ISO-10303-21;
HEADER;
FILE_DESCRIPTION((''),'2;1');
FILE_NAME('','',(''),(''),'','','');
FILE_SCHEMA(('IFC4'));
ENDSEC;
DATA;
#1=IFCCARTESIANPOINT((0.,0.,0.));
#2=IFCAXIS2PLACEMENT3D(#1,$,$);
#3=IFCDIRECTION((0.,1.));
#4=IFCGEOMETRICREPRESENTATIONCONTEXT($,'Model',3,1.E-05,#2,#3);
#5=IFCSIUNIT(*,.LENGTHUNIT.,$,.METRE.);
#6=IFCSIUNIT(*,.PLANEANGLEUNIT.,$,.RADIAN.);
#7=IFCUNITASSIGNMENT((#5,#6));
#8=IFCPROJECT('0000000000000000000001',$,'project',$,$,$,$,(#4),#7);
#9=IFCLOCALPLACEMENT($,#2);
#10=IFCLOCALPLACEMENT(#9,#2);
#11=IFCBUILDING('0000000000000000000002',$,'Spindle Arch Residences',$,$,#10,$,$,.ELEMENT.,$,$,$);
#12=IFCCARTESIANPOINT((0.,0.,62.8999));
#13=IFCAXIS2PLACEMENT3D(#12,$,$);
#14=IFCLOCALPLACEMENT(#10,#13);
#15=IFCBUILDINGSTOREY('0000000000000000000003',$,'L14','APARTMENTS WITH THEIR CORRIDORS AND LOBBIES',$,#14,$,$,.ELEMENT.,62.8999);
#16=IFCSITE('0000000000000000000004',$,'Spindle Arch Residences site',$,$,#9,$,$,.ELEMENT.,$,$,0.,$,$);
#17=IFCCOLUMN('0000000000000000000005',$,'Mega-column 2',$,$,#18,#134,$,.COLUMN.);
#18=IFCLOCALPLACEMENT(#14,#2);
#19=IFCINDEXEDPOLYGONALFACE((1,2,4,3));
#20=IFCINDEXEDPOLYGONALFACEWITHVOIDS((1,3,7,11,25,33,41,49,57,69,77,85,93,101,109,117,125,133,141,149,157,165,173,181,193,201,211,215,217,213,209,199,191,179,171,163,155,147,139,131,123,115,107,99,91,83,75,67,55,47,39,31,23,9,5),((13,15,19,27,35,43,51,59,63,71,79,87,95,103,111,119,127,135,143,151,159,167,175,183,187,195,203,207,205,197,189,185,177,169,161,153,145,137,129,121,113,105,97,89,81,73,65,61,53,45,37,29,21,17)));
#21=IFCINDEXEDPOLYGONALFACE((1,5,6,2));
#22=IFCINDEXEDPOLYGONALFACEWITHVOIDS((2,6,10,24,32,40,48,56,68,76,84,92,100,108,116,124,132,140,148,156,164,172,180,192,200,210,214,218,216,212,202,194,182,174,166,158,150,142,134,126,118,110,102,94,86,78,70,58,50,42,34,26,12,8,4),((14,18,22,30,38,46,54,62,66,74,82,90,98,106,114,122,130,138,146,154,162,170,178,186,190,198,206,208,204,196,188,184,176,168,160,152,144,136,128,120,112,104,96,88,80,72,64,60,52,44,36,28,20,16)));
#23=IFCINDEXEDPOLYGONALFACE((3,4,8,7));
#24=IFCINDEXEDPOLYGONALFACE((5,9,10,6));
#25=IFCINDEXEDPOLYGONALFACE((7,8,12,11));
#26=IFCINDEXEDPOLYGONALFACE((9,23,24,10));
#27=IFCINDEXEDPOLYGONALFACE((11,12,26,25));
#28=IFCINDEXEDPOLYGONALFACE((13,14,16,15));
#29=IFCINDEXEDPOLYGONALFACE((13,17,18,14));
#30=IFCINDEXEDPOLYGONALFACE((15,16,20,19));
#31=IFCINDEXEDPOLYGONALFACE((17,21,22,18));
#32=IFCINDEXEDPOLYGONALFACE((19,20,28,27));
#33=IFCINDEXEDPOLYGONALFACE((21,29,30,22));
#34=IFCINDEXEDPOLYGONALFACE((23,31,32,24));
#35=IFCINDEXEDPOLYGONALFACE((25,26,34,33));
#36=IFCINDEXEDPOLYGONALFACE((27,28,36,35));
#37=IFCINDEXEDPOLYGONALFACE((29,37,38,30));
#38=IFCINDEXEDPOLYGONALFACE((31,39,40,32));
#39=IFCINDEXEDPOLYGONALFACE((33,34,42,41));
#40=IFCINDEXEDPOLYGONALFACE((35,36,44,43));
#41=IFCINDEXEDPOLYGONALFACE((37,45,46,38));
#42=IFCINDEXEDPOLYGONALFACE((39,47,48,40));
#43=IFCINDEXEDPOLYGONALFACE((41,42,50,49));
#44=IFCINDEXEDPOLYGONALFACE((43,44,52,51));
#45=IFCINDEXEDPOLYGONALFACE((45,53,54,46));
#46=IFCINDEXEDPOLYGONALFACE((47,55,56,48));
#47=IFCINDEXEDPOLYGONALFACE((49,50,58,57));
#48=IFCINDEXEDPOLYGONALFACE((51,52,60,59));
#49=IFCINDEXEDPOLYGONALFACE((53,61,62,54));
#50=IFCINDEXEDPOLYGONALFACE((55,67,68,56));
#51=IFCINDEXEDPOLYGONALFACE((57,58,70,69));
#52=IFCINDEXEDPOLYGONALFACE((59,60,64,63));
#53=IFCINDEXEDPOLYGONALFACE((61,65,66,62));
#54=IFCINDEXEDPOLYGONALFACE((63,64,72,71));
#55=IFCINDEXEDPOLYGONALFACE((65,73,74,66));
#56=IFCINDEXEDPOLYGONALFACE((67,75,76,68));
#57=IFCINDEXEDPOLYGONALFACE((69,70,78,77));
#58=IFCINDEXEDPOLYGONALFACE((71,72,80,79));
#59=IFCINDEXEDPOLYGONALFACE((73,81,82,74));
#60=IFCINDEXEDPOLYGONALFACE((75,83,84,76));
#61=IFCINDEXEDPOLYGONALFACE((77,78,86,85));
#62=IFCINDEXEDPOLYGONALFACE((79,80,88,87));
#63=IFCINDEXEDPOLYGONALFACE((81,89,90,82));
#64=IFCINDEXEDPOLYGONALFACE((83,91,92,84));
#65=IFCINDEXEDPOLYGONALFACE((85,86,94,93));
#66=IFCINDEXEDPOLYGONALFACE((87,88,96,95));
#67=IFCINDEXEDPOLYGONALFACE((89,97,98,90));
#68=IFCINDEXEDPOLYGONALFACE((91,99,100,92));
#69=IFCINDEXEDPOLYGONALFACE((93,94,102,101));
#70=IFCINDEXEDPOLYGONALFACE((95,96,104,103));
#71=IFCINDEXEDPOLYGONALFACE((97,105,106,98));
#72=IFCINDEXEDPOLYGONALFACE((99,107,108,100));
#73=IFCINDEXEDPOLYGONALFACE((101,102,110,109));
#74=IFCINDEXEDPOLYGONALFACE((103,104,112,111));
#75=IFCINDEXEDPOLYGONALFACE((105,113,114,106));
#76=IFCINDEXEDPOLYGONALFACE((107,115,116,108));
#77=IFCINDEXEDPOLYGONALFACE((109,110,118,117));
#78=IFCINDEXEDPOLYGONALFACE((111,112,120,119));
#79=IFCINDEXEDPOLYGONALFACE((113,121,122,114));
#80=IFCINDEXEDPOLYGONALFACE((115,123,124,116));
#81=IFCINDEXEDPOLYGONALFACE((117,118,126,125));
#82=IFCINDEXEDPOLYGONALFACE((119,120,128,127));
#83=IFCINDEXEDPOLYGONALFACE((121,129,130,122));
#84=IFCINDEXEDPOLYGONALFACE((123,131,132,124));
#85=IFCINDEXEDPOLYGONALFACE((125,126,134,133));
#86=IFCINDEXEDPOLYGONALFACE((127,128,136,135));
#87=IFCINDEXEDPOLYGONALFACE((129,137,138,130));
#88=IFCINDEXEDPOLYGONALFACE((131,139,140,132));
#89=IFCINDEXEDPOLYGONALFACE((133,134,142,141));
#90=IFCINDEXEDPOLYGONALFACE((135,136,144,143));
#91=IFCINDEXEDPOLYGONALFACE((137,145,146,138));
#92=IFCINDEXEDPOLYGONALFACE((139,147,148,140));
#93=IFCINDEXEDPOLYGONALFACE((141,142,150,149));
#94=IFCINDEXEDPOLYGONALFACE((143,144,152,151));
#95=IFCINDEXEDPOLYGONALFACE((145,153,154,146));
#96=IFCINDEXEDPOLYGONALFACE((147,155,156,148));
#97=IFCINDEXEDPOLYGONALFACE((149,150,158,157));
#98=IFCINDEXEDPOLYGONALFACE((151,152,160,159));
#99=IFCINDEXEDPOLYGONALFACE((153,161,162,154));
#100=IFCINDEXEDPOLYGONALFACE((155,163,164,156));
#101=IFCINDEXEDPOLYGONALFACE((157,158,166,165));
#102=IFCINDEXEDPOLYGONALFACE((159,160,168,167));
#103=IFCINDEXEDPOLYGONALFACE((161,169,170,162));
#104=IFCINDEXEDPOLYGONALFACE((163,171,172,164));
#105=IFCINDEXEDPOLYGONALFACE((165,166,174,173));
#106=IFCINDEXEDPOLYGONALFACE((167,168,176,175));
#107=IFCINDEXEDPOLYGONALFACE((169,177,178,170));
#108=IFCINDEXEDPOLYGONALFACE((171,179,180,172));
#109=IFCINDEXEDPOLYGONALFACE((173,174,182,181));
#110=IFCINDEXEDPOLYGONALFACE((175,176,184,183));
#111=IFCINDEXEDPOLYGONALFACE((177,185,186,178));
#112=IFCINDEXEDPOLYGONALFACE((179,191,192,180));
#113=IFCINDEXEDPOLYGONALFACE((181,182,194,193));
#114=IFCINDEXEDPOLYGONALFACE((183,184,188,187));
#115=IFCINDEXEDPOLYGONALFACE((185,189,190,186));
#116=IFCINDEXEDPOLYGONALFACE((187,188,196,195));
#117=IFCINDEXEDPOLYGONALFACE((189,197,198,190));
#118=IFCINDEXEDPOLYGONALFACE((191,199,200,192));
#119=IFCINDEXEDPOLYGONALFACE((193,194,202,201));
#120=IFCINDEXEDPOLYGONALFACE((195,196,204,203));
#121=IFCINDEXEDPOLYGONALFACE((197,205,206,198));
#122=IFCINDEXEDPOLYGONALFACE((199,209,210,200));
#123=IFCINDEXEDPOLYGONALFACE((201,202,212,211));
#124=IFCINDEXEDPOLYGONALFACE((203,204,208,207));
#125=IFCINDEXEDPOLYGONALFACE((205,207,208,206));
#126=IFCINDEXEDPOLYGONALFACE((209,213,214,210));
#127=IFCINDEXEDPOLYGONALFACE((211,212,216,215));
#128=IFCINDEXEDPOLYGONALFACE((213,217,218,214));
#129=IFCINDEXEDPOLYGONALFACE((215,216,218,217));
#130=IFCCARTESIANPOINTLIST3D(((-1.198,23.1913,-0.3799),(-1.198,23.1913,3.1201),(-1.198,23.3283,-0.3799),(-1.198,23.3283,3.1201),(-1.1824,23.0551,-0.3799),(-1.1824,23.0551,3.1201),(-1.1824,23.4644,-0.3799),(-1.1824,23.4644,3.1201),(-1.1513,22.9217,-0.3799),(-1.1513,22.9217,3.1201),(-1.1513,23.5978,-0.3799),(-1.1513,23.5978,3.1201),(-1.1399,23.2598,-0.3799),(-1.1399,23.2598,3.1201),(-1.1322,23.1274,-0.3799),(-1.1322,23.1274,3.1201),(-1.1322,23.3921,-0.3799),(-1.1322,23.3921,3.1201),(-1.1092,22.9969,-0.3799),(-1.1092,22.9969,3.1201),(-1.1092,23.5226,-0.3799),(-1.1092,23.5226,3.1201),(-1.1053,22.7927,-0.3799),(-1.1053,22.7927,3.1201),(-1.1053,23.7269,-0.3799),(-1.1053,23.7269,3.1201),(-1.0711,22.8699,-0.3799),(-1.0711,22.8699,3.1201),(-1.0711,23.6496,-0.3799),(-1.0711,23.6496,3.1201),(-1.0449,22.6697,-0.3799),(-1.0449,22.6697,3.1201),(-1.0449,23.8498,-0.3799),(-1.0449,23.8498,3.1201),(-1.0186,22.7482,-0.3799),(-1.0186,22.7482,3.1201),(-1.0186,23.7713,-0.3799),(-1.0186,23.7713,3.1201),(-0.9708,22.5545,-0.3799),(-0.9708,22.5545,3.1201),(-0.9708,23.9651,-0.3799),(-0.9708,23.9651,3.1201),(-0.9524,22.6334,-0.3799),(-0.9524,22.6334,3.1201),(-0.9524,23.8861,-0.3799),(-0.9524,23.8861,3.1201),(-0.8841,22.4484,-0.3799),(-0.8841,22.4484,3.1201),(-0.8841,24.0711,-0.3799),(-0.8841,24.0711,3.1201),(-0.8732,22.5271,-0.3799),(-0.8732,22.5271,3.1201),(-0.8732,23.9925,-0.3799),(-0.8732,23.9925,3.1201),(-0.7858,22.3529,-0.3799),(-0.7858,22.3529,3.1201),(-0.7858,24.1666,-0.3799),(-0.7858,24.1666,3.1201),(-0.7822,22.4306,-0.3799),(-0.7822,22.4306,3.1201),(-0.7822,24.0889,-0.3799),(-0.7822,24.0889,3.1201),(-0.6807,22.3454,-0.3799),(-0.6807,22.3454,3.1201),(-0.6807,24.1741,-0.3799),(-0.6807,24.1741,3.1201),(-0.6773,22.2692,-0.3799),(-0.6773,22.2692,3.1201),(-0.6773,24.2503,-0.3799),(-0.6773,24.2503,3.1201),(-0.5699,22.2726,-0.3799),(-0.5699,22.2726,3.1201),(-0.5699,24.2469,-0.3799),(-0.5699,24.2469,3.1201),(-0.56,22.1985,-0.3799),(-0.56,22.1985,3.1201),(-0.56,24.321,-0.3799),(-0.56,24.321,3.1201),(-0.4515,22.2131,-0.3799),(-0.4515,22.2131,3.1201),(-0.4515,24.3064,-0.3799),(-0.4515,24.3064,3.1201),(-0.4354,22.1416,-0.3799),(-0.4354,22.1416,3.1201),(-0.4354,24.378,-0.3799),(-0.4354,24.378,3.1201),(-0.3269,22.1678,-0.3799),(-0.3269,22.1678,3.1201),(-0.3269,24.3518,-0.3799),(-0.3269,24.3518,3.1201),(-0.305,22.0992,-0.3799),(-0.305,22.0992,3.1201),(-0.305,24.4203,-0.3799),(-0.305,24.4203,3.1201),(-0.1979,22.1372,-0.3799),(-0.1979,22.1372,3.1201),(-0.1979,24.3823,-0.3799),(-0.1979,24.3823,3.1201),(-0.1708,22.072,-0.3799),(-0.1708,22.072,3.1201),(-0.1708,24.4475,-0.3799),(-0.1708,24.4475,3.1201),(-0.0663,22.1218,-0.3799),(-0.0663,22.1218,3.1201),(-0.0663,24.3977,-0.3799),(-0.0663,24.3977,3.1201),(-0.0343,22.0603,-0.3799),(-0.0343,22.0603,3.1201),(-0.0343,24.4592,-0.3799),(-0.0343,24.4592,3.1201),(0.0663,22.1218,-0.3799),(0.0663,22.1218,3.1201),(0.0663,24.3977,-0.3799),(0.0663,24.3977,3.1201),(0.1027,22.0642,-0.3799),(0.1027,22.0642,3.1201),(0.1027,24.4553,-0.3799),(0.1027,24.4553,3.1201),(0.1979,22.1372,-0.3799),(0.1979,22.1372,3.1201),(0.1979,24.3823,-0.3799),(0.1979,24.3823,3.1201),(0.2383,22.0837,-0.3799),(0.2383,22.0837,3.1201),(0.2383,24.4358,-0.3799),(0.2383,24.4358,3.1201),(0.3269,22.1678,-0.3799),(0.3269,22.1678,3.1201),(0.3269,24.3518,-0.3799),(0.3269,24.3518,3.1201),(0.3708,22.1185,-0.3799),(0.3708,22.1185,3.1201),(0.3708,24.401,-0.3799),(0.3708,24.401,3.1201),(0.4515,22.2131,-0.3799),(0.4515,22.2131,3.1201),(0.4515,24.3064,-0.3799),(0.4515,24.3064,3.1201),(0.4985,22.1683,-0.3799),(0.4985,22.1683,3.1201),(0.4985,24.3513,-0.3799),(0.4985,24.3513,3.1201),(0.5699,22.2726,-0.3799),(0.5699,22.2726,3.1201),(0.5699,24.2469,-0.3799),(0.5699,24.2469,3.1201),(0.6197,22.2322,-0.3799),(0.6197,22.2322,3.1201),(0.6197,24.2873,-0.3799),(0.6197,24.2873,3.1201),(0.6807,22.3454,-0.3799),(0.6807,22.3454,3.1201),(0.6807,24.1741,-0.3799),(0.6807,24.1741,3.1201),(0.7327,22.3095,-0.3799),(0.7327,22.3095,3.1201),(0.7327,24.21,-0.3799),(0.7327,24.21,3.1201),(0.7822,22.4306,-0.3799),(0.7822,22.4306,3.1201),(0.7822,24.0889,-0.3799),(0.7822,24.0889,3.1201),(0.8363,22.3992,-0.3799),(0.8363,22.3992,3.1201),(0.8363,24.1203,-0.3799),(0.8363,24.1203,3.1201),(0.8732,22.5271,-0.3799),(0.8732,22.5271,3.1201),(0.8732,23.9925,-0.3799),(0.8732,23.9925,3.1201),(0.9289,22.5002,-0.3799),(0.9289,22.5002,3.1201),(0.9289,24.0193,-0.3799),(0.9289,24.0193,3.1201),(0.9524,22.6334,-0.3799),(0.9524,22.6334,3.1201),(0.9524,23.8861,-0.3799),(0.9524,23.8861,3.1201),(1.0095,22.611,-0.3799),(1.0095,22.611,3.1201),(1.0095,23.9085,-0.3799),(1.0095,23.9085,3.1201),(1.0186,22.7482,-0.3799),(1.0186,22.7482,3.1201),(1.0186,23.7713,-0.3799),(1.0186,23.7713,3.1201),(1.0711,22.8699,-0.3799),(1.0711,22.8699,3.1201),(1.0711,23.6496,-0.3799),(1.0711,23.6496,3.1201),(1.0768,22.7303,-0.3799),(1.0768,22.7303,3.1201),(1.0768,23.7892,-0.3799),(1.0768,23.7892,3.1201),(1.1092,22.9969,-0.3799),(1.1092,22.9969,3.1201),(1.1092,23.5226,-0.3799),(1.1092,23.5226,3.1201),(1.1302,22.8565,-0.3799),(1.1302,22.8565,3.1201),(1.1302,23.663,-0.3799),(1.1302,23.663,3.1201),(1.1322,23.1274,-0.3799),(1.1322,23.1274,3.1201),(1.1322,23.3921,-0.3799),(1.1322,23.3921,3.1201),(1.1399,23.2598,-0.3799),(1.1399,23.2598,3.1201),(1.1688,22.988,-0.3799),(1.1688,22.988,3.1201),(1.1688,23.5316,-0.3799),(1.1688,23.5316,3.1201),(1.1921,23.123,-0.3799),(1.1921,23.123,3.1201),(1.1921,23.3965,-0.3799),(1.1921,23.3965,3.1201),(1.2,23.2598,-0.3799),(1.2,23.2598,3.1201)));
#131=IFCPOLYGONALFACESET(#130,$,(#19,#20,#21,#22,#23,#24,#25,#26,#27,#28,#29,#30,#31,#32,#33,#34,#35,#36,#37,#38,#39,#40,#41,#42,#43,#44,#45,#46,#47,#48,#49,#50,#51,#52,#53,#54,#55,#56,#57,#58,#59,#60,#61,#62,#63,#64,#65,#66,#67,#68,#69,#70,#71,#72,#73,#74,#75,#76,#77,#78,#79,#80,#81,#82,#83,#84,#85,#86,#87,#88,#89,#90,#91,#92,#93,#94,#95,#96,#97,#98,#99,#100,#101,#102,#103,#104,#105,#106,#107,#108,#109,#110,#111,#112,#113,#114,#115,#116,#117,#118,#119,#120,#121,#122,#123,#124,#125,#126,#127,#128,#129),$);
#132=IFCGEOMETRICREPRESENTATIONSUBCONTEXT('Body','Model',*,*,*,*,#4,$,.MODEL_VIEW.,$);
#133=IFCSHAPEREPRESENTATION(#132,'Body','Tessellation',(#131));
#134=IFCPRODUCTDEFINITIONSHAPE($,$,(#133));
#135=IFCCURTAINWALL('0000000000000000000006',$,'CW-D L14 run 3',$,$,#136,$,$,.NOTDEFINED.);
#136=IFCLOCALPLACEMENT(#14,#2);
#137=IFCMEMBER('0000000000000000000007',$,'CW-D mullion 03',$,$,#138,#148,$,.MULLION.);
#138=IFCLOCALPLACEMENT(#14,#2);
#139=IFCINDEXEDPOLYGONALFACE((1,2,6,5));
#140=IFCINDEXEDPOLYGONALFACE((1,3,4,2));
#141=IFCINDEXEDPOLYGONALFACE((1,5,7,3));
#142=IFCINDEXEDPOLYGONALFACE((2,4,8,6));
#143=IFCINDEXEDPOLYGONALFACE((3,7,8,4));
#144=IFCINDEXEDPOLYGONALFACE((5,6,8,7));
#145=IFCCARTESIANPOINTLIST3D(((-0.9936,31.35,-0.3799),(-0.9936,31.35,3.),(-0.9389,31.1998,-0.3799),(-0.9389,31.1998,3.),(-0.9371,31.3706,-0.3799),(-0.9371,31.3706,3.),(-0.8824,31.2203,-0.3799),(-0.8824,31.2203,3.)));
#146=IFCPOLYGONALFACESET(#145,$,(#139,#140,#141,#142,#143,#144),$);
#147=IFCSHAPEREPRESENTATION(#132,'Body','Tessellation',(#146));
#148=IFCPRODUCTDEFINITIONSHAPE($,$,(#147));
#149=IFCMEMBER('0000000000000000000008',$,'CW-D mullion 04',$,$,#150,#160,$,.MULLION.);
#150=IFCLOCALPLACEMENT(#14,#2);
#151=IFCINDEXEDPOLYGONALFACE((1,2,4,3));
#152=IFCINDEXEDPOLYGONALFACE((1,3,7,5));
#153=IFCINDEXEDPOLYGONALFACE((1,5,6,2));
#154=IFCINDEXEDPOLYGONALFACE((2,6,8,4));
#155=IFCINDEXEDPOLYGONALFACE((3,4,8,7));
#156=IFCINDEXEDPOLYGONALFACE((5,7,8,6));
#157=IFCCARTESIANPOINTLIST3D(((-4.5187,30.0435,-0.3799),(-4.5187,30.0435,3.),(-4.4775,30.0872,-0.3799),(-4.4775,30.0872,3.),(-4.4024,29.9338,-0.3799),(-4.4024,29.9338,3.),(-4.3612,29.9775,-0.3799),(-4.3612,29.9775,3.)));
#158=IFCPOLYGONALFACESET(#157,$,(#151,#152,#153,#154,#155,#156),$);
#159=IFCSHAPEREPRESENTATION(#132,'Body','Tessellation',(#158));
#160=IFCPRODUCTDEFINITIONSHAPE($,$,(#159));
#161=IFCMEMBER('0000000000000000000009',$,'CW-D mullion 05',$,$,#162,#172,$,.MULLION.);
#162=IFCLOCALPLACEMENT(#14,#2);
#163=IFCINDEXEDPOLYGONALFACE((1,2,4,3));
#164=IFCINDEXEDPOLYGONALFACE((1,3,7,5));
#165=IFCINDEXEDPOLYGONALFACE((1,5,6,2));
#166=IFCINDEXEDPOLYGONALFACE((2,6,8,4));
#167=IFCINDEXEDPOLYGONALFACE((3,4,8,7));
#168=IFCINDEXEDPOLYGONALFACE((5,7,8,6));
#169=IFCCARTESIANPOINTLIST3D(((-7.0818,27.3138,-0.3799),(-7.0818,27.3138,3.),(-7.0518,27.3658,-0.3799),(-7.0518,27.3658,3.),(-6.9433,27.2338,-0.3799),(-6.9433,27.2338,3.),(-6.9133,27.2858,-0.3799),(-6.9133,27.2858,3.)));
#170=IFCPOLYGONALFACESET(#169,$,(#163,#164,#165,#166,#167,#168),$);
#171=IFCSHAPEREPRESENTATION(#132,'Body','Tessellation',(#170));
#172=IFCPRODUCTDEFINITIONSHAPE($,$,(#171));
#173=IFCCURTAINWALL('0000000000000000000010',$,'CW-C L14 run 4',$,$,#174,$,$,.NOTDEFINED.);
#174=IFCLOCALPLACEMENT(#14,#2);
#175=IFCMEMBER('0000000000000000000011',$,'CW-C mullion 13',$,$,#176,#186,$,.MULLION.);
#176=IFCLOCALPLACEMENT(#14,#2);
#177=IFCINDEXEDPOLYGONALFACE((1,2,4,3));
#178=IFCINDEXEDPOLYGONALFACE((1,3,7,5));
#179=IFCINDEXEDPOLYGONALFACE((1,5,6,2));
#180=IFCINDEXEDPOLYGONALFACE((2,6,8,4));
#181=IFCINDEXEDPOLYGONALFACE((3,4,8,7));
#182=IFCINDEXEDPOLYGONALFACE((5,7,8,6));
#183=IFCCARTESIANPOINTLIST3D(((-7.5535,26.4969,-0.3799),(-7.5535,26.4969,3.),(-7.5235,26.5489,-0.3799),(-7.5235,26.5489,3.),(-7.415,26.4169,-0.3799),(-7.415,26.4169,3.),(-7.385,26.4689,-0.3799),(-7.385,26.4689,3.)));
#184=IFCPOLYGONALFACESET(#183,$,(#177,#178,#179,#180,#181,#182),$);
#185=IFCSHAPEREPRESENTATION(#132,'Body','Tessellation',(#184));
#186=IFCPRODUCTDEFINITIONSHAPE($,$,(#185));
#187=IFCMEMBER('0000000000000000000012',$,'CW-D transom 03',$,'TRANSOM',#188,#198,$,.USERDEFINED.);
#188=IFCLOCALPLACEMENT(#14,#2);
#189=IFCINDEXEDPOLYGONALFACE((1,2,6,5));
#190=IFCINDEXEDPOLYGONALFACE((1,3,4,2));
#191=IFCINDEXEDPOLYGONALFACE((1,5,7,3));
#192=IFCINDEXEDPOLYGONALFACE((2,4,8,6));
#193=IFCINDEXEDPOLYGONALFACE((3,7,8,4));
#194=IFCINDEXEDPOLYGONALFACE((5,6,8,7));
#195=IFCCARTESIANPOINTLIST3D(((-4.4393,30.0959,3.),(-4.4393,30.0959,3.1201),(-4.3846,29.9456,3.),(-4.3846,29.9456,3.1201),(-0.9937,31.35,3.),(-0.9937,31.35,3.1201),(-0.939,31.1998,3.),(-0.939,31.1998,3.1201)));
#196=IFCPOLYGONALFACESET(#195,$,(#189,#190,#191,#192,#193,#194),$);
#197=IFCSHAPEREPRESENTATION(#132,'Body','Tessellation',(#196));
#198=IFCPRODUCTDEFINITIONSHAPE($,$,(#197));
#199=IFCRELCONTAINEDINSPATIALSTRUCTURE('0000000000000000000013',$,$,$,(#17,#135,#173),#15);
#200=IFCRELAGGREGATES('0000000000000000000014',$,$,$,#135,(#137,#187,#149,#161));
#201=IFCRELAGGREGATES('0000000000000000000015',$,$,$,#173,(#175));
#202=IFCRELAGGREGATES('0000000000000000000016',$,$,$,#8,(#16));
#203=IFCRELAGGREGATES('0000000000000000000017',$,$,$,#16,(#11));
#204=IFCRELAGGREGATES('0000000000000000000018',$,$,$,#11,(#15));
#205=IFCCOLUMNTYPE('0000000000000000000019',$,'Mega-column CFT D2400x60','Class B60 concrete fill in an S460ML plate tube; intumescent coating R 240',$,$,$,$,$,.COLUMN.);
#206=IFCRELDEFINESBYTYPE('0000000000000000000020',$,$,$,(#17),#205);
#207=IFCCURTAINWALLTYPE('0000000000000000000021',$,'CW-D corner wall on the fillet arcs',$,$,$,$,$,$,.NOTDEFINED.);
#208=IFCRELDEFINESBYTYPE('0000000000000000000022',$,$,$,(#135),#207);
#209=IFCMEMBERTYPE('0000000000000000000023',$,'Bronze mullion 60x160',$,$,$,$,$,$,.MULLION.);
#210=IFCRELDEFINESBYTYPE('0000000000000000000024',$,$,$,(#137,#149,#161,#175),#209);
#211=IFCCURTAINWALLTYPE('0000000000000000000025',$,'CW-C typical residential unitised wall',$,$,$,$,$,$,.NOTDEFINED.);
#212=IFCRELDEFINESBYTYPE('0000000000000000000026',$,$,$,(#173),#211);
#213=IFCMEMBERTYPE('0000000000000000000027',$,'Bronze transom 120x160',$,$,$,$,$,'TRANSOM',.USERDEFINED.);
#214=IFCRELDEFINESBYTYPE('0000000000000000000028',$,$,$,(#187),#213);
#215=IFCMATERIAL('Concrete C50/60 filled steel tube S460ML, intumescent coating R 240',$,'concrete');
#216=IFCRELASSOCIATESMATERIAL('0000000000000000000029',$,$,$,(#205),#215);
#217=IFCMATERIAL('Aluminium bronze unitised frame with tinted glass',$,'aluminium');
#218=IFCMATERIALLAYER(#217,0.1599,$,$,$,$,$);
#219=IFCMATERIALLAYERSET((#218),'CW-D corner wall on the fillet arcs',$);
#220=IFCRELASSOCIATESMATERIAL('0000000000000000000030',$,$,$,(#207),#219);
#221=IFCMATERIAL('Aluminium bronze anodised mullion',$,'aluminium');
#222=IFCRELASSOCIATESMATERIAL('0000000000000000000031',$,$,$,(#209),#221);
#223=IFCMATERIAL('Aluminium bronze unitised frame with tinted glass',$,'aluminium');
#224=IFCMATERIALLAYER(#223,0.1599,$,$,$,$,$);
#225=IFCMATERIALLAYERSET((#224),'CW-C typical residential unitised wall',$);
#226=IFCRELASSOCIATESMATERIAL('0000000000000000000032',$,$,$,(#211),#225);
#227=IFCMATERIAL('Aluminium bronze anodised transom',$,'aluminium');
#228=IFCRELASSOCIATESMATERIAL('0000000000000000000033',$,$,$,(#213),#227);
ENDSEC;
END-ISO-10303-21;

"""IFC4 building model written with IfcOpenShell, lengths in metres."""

from ifc_helpers import new_model, si_unit, direction, frame, origin, origin_2d, place, context, subcontext, project, spatial, rectangle, hollow_circle, extrude, material, layer, layer_set, material_profile, profile_set, type_object, element, aggregate, save


model = new_model("IFC4")

# Units and contexts
model_context = context("Model", 3, precision=1e-05, world=origin(), true_north=direction((0.0, 1.0)))
body_context = subcontext(model_context, "Body", "Model", "MODEL_VIEW")
ifc_project = project(units=[si_unit("LENGTHUNIT", "METRE"), si_unit("PLANEANGLEUNIT", "RADIAN")], contexts=[model_context])

# Site, building, storey
site_placement = place(None, origin())
site = spatial("IfcSite", under=ifc_project, at=site_placement, Name="Spindle Arch Residences site", CompositionType="ELEMENT", RefElevation=0.0)
building_placement = place(site_placement, origin())
building = spatial("IfcBuilding", under=site, at=building_placement, Name="Spindle Arch Residences", CompositionType="ELEMENT")
storey_placement = place(building_placement, frame((0.0, 0.0, 62.8999)))
storey = spatial("IfcBuildingStorey", under=building, at=storey_placement, Name="L14", Description="APARTMENTS WITH THEIR CORRIDORS AND LOBBIES", CompositionType="ELEMENT", Elevation=62.8999)

# Column
ifc_material_1 = material(Name="Concrete C50/60 filled steel tube S460ML, intumescent coating R 240", Category="concrete")
ifc_material_profile_1 = material_profile(ifc_material_1, hollow_circle(Radius=1.2, WallThickness=0.0601, at=origin_2d()), Name="CFT D2400x60")
ifc_profile_set_1 = profile_set([ifc_material_profile_1], Name="Concrete C50/60 filled steel tube S460ML, intumescent coating R 240")
column_type_1 = type_object("IfcColumnType", Name="Mega-column CFT D2400x60", Description="Class B60 concrete fill in an S460ML plate tube; intumescent coating R 240", PredefinedType="COLUMN", material=ifc_profile_set_1)
column_placement = place(storey_placement, frame((0.0, 23.2598, -0.3799), z_axis=(0.0, 0.0, 1.0), x_axis=(1.0, 0.0, 0.0)))
element("IfcColumn", 1, at=column_placement, inside=storey, type_object=column_type_1, Name="Mega-column 2", PredefinedType="COLUMN", context=body_context, shape_type="SweptSolid", body=[
    extrude(hollow_circle(Radius=1.2, WallThickness=0.0601, at=origin_2d()), origin(), (0.0, 0.0, 1.0), 3.5),
])

# Curtain wall, members
ifc_material_2 = material(Name="Aluminium bronze unitised frame with tinted glass", Category="aluminium")
ifc_layer_1 = layer(ifc_material_2, 0.1599)
ifc_layer_set_1 = layer_set([ifc_layer_1], Name="CW-D corner wall on the fillet arcs")
curtain_wall_type_1 = type_object("IfcCurtainWallType", Name="CW-D corner wall on the fillet arcs", PredefinedType="NOTDEFINED", material=ifc_layer_set_1)
curtain_wall_1_placement = place(storey_placement, origin())
curtain_wall_1 = element("IfcCurtainWall", 2, at=curtain_wall_1_placement, inside=storey, type_object=curtain_wall_type_1, Name="CW-D L14 run 3", PredefinedType="NOTDEFINED")
ifc_material_3 = material(Name="Aluminium bronze anodised mullion", Category="aluminium")
ifc_material_profile_2 = material_profile(ifc_material_3, rectangle(XDim=0.1599, YDim=0.0601, at=origin_2d()), Name="MU 60x160")
ifc_profile_set_2 = profile_set([ifc_material_profile_2], Name="Aluminium bronze anodised mullion")
member_type_1 = type_object("IfcMemberType", Name="Bronze mullion 60x160", PredefinedType="MULLION", material=ifc_profile_set_2)
member_1_placement = place(storey_placement, frame((-0.938, 31.2852, -0.3799), z_axis=(0.0, 0.0, 1.0), x_axis=(0.34202, -0.939693, 0.0)))
member_1 = element("IfcMember", 3, at=member_1_placement, type_object=member_type_1, Name="CW-D mullion 03", PredefinedType="MULLION", context=body_context, shape_type="SweptSolid", body=[
    extrude(rectangle(XDim=0.1599, YDim=0.0601, at=origin_2d()), origin(), (0.0, 0.0, 1.0), 3.3799),
])
member_2_placement = place(storey_placement, frame((-4.4399, 30.0105, -0.3799), z_axis=(0.0, 0.0, 1.0), x_axis=(0.727374, -0.686242, 0.0)))
member_2 = element("IfcMember", 4, at=member_2_placement, type_object=member_type_1, Name="CW-D mullion 04", PredefinedType="MULLION", context=body_context, shape_type="SweptSolid", body=[
    extrude(rectangle(XDim=0.1599, YDim=0.0601, at=origin_2d()), origin(), (0.0, 0.0, 1.0), 3.3799),
])
member_3_placement = place(storey_placement, frame((-6.9976, 27.2998, -0.3799), z_axis=(0.0, 0.0, 1.0), x_axis=(0.866025, -0.5, 0.0)))
member_3 = element("IfcMember", 5, at=member_3_placement, type_object=member_type_1, Name="CW-D mullion 05", PredefinedType="MULLION", context=body_context, shape_type="SweptSolid", body=[
    extrude(rectangle(XDim=0.1599, YDim=0.0601, at=origin_2d()), origin(), (0.0, 0.0, 1.0), 3.3799),
])

# Curtain wall, member
ifc_material_4 = material(Name="Aluminium bronze unitised frame with tinted glass", Category="aluminium")
ifc_layer_2 = layer(ifc_material_4, 0.1599)
ifc_layer_set_2 = layer_set([ifc_layer_2], Name="CW-C typical residential unitised wall")
curtain_wall_type_2 = type_object("IfcCurtainWallType", Name="CW-C typical residential unitised wall", PredefinedType="NOTDEFINED", material=ifc_layer_set_2)
curtain_wall_2_placement = place(storey_placement, origin())
curtain_wall_2 = element("IfcCurtainWall", 6, at=curtain_wall_2_placement, inside=storey, type_object=curtain_wall_type_2, Name="CW-C L14 run 4", PredefinedType="NOTDEFINED")
member_4_placement = place(storey_placement, frame((-7.4692, 26.4829, -0.3799), z_axis=(0.0, 0.0, 1.0), x_axis=(0.866025, -0.5, 0.0)))
member_4 = element("IfcMember", 7, at=member_4_placement, type_object=member_type_1, Name="CW-C mullion 13", PredefinedType="MULLION", context=body_context, shape_type="SweptSolid", body=[
    extrude(rectangle(XDim=0.1599, YDim=0.0601, at=origin_2d()), origin(), (0.0, 0.0, 1.0), 3.3799),
])

# Member
ifc_material_5 = material(Name="Aluminium bronze anodised transom", Category="aluminium")
ifc_material_profile_3 = material_profile(ifc_material_5, rectangle(XDim=0.1599, YDim=0.1201, at=origin_2d()), Name="TR 120x160")
ifc_profile_set_3 = profile_set([ifc_material_profile_3], Name="Aluminium bronze anodised transom")
member_type_2 = type_object("IfcMemberType", Name="Bronze transom 120x160", ElementType="TRANSOM", PredefinedType="USERDEFINED", material=ifc_profile_set_3)
member_5_placement = place(storey_placement, frame((-0.9663, 31.2749, 3.0601), z_axis=(-0.939686, -0.342037, 0.0), x_axis=(0.342037, -0.939686, 0.0)))
member_5 = element("IfcMember", 8, at=member_5_placement, type_object=member_type_2, Name="CW-D transom 03", ObjectType="TRANSOM", PredefinedType="USERDEFINED", context=body_context, shape_type="SweptSolid", body=[
    extrude(rectangle(XDim=0.1599, YDim=0.1201, at=origin_2d()), origin(), (0.0, 0.0, 1.0), 3.6667),
])

aggregate(curtain_wall_1, [member_1, member_5, member_2, member_3])
aggregate(curtain_wall_2, [member_4])

save(model, "model.ifc")
